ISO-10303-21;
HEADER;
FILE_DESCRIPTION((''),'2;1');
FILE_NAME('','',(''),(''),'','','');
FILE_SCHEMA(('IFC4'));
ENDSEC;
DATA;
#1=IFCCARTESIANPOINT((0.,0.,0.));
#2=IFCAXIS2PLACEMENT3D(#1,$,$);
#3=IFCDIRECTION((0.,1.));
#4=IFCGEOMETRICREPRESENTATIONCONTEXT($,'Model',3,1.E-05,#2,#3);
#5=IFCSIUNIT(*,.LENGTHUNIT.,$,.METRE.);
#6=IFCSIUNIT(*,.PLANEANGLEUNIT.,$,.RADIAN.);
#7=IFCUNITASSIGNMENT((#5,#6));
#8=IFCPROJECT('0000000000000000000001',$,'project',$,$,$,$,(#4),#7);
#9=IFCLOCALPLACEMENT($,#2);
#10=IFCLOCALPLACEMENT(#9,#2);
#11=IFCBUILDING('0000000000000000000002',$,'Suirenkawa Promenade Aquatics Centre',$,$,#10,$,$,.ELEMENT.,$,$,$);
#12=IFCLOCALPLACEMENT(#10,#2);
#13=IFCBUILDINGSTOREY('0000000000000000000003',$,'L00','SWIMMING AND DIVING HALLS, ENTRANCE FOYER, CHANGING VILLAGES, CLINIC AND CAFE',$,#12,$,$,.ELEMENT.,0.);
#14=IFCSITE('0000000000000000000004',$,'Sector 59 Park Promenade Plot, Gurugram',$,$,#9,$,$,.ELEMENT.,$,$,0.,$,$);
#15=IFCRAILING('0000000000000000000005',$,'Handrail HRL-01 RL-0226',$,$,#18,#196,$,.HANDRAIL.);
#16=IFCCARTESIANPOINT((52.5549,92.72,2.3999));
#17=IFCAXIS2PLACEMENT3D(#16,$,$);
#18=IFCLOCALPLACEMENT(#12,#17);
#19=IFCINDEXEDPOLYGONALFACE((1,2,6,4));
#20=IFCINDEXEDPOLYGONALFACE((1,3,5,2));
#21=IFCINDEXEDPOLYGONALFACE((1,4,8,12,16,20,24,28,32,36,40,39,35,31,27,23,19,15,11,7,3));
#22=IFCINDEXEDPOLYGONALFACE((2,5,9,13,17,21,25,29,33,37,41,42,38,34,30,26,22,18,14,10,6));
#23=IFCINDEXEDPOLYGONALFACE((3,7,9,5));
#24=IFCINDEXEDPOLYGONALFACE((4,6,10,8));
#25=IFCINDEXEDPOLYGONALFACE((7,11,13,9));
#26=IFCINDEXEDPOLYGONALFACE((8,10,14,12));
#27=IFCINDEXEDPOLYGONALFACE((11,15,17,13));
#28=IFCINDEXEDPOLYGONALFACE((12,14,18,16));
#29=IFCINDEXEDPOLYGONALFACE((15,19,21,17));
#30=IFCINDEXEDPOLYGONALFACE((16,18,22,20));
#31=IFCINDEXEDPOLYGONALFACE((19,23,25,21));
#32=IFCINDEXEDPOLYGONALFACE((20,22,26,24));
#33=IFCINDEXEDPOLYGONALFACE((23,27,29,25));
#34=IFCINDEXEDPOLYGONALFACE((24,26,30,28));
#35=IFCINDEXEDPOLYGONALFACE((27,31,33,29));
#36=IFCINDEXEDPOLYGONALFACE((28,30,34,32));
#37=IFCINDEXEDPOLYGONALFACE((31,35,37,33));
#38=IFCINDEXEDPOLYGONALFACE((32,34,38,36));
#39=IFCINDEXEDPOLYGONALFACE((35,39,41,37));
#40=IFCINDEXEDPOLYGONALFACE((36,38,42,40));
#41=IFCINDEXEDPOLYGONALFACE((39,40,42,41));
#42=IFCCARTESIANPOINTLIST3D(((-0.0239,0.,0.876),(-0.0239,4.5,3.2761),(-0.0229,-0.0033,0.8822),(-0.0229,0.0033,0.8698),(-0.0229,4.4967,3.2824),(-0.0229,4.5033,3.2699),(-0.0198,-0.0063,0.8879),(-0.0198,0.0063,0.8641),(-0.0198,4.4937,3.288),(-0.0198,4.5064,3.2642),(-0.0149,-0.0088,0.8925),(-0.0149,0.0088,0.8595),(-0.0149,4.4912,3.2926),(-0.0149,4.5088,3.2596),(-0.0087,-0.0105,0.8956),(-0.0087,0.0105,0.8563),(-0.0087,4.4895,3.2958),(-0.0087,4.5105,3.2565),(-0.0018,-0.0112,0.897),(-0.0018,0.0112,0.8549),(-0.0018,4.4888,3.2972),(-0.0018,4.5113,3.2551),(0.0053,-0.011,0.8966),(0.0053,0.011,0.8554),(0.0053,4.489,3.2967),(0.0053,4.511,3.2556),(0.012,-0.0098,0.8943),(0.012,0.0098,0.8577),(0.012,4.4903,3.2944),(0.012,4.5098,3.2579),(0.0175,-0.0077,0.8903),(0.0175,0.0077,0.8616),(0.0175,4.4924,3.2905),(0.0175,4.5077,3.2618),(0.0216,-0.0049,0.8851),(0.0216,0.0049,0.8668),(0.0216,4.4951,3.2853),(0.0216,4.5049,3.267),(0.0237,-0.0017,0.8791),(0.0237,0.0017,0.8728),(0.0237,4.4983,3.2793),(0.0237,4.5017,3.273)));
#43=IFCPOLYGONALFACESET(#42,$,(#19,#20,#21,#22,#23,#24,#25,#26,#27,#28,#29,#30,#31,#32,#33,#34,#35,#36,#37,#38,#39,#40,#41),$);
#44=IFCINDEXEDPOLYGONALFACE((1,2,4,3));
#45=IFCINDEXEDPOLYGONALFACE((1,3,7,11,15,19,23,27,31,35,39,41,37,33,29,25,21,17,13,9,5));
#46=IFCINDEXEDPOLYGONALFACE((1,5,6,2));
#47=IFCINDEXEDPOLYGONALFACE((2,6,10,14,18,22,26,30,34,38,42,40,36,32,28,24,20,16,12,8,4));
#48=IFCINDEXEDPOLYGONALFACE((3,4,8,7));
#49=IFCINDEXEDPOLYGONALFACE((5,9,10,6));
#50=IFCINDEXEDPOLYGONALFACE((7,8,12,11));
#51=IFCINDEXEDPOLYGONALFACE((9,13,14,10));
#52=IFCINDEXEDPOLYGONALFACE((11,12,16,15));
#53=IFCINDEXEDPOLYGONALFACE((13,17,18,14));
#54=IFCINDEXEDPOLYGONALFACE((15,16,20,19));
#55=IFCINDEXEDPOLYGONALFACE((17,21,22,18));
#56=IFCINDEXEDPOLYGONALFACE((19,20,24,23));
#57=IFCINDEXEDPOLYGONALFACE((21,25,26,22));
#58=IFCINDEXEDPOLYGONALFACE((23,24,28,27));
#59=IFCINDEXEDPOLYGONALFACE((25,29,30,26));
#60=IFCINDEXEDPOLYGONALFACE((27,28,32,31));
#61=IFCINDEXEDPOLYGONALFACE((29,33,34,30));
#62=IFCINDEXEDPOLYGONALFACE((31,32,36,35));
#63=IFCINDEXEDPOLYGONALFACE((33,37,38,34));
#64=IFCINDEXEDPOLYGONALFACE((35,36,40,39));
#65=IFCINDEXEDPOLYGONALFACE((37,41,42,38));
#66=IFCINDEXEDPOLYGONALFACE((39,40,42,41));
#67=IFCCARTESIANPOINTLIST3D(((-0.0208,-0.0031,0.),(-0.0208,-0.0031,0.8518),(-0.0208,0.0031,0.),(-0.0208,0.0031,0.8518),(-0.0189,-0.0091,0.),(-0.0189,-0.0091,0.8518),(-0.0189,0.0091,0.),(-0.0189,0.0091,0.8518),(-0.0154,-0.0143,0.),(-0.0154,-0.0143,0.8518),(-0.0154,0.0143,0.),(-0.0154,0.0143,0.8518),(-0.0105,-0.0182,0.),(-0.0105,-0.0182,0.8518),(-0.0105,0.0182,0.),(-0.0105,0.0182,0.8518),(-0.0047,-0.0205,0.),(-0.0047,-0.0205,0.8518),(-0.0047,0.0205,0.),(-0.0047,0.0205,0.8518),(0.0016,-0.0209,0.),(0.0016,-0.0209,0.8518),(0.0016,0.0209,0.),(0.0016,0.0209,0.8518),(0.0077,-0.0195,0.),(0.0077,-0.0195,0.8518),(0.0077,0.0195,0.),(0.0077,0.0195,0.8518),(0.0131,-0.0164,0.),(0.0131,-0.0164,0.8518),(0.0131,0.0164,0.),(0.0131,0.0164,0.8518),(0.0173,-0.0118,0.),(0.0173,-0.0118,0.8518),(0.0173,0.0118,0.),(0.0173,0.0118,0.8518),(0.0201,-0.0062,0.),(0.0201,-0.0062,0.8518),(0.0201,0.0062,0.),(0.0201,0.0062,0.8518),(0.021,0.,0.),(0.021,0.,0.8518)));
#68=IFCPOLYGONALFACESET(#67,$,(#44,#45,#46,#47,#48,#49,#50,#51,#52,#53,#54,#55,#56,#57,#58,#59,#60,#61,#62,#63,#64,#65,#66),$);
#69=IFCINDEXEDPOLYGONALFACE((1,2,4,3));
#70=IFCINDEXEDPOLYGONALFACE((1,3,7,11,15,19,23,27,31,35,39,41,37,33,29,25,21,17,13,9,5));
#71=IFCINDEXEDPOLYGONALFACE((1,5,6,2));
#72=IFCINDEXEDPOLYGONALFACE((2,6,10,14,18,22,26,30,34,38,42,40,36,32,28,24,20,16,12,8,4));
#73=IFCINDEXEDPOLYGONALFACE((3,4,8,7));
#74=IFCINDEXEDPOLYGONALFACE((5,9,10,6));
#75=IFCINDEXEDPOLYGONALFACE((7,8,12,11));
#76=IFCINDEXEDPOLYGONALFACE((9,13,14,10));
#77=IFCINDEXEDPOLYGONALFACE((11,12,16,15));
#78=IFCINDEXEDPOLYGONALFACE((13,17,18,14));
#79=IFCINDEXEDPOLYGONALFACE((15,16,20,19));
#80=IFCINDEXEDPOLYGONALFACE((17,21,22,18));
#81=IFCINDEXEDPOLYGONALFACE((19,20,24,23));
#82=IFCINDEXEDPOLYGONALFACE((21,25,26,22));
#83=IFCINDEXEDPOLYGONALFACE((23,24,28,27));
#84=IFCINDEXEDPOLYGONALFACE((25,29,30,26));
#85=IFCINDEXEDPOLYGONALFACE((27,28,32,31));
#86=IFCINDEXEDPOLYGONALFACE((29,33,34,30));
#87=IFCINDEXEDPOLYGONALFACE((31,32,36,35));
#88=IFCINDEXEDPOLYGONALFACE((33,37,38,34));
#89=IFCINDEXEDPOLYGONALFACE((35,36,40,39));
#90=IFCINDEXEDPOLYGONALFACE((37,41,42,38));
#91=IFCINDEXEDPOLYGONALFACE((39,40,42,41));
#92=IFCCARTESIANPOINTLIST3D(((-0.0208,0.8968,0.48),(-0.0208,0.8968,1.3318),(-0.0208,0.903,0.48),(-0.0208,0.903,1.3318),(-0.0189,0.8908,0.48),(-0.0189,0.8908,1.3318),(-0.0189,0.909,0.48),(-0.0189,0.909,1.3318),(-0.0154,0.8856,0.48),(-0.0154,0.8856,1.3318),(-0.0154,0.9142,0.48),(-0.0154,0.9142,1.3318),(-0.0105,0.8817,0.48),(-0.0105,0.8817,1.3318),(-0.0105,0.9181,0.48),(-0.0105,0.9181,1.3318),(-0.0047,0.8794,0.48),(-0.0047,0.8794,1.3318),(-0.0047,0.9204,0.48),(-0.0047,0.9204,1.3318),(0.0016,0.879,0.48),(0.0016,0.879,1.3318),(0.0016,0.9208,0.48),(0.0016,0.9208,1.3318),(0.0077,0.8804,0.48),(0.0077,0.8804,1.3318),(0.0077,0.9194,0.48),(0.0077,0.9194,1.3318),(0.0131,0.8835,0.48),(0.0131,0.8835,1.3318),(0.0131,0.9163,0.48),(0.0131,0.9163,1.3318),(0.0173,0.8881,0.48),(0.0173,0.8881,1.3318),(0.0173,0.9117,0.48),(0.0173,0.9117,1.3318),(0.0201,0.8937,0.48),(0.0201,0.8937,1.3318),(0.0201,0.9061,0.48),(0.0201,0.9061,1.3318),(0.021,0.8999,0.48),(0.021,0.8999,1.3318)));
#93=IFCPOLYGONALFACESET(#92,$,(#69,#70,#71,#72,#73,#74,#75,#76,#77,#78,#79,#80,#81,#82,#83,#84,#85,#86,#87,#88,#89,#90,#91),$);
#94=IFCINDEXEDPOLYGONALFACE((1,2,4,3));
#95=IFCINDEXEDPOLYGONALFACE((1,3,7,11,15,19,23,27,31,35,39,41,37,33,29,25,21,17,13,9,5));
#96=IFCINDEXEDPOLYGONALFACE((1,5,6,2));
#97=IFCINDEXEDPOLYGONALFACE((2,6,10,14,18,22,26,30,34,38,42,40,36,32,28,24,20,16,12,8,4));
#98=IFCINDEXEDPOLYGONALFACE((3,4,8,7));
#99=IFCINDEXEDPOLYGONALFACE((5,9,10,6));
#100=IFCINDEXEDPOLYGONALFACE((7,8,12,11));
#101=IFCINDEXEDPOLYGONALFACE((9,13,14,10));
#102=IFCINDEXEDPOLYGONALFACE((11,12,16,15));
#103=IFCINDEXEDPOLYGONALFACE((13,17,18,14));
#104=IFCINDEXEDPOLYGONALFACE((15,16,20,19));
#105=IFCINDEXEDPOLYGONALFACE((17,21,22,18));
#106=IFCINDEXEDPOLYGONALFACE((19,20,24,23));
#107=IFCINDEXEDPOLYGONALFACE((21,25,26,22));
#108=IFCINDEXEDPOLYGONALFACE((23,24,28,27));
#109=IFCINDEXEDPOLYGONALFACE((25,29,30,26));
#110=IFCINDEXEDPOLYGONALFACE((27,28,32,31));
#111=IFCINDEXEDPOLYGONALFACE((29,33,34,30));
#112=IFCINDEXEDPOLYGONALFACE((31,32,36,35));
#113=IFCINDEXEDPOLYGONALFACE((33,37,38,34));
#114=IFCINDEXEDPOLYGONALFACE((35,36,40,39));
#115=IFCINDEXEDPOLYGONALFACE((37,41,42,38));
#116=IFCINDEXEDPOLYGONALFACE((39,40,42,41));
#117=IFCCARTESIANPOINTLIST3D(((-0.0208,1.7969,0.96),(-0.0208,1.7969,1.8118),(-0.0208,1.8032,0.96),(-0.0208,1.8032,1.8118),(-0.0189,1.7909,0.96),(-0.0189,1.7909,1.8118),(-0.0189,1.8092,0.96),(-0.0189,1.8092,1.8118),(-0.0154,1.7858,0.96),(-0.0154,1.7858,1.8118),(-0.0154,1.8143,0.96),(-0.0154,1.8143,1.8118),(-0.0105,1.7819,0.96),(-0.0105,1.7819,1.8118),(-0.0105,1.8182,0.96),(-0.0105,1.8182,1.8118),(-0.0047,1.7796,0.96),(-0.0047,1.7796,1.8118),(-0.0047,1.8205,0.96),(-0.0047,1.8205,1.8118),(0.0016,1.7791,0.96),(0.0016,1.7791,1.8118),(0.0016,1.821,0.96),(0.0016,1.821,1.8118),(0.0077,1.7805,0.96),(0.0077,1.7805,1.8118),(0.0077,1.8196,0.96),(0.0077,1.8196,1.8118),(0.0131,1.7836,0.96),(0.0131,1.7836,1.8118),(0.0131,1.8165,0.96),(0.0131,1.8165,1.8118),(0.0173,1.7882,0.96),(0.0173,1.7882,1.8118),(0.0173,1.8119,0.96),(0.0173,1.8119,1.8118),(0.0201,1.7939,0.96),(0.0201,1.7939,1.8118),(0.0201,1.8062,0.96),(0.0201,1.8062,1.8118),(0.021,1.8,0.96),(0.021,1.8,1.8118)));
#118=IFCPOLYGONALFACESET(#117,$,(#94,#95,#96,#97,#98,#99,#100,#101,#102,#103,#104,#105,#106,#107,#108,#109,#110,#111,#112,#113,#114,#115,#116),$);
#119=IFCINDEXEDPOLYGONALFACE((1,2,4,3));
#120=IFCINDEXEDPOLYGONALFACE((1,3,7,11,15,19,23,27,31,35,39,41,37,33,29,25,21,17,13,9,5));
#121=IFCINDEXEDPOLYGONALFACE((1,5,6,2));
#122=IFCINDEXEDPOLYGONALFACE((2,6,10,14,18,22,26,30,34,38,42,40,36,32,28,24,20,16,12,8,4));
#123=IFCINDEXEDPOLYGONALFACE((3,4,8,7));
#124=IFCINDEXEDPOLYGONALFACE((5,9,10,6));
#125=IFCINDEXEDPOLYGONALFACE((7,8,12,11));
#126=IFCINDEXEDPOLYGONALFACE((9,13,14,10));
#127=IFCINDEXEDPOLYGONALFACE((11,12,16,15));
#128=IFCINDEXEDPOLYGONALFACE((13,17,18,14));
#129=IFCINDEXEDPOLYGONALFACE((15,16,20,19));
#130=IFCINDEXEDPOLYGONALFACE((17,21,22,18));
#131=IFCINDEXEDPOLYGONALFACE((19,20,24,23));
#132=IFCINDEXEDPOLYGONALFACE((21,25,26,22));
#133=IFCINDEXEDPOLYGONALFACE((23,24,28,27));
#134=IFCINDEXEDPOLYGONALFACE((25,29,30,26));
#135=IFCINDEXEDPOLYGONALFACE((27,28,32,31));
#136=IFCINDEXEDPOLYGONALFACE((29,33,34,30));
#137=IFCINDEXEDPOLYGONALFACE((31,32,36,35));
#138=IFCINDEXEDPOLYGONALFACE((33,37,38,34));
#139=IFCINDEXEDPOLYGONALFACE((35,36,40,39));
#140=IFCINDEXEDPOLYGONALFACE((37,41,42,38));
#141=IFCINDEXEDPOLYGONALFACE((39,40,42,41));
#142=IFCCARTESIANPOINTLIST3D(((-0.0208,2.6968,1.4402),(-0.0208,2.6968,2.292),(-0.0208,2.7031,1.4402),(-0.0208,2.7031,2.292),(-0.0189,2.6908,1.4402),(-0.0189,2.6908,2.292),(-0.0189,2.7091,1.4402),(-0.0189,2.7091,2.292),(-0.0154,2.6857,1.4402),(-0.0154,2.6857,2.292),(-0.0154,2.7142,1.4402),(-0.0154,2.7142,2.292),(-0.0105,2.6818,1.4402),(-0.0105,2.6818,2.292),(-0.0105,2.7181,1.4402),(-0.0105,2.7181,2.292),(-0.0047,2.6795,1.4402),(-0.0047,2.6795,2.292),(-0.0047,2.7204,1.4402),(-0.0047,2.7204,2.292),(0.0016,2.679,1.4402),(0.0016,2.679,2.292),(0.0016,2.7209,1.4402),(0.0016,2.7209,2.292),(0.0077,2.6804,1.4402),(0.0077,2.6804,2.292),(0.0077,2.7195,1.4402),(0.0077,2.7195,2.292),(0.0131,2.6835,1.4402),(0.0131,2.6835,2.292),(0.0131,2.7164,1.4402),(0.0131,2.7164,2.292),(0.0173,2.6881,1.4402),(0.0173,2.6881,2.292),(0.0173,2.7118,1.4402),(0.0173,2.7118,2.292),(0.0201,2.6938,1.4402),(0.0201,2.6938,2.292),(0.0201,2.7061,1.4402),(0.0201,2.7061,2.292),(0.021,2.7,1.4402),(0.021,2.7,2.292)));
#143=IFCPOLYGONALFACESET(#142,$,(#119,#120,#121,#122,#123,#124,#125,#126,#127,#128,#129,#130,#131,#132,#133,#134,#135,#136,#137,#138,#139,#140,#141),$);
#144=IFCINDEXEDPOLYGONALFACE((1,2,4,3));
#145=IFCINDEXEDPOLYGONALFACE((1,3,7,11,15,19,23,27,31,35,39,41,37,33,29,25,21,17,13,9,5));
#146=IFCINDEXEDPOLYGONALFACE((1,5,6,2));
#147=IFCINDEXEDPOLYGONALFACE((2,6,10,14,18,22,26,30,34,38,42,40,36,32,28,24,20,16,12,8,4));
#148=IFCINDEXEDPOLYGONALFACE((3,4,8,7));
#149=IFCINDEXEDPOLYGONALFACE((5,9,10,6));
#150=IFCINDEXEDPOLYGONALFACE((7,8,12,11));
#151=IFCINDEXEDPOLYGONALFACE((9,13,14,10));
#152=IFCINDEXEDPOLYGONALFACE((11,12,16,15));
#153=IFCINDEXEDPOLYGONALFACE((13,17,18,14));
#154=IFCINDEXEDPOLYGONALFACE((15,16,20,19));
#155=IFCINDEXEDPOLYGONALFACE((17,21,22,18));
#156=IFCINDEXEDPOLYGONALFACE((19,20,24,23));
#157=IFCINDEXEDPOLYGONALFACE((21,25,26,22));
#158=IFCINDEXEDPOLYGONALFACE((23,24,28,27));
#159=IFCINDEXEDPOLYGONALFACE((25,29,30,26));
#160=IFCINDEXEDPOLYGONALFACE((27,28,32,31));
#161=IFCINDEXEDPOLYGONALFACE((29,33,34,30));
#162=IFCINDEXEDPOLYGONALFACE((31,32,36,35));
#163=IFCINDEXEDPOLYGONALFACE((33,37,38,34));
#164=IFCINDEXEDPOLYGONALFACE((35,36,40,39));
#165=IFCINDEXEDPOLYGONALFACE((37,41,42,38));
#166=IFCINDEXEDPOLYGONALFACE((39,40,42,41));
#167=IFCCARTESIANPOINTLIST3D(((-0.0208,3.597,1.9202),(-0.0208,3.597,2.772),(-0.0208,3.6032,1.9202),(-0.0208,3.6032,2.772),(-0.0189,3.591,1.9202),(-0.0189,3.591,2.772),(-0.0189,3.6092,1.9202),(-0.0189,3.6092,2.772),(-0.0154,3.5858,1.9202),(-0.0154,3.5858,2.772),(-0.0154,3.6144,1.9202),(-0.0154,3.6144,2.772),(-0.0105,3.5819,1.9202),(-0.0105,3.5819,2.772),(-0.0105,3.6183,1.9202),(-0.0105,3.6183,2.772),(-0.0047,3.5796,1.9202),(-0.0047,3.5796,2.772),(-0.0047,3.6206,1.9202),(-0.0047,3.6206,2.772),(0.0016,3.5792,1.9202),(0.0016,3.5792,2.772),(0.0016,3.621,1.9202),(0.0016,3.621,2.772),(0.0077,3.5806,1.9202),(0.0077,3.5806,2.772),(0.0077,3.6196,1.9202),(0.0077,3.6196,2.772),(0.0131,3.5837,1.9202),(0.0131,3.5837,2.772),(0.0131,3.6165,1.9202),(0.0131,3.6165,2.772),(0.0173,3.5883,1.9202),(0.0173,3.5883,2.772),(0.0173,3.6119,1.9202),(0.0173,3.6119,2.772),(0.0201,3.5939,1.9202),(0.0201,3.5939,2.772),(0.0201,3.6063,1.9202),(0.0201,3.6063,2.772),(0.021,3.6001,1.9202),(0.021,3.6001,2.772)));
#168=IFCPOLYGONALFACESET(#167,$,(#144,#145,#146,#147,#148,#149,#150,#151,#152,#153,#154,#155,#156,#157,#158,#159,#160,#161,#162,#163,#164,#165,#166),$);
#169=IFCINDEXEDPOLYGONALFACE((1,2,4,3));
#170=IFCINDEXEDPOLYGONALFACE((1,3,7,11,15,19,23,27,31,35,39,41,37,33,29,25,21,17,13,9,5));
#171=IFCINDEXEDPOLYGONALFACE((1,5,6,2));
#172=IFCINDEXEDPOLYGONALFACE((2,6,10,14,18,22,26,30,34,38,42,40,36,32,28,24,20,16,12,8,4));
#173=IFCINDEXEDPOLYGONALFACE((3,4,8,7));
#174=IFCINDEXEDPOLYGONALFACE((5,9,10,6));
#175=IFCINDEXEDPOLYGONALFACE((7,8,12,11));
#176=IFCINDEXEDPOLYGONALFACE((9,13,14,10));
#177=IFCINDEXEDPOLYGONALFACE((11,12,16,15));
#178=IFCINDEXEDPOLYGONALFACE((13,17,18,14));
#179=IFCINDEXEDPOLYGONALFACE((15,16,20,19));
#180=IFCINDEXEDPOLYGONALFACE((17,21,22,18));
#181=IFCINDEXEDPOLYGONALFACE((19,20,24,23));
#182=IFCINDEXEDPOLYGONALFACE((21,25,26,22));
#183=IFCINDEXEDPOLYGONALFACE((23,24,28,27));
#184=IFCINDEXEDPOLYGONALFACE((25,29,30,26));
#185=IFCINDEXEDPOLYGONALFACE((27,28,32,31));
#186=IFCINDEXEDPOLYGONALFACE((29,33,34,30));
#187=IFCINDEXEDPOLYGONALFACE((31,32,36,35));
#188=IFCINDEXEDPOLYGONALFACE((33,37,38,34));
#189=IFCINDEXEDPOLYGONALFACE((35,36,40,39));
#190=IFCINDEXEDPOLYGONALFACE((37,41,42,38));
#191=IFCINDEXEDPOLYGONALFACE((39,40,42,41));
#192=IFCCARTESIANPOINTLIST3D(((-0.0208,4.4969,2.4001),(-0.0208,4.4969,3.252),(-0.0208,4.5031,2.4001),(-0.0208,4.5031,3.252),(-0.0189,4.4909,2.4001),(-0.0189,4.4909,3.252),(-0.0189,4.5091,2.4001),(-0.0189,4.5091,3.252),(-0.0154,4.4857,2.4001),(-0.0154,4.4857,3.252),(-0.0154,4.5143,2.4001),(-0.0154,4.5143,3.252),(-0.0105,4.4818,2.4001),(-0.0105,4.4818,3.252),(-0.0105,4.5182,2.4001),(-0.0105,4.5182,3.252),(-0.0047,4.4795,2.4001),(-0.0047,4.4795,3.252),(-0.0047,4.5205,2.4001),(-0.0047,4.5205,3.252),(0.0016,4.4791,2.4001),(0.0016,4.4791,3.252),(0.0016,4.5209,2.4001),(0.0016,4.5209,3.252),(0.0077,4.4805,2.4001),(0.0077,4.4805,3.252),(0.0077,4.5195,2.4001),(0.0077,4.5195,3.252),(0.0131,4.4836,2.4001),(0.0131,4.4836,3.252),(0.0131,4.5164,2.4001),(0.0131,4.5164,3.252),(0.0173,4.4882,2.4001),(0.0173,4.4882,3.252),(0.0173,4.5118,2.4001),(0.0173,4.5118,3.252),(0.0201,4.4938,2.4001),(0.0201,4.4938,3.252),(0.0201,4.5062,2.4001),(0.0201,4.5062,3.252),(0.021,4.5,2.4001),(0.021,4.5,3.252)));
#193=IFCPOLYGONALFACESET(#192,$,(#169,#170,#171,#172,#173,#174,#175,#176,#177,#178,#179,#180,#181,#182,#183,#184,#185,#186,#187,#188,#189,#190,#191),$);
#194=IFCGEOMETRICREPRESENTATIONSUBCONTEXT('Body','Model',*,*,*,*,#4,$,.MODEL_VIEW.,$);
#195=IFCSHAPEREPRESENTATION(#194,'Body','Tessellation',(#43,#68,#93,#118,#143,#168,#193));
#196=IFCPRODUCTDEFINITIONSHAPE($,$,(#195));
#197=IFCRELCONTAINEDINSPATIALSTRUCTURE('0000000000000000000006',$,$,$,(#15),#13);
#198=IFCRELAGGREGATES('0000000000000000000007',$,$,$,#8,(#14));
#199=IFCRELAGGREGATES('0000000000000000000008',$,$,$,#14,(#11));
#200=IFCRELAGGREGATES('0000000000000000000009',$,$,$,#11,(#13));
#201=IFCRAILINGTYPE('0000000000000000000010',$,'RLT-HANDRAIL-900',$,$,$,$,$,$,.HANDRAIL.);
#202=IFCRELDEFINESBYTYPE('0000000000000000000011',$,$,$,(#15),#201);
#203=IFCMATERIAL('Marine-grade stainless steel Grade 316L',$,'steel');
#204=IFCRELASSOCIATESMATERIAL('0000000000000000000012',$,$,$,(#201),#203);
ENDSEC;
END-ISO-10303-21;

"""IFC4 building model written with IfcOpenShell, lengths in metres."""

from ifc_helpers import new_model, si_unit, direction, frame, origin, origin_2d, place, context, subcontext, project, spatial, circle, extrude, material, type_object, element, save


model = new_model("IFC4")

# Units and contexts
model_context = context("Model", 3, precision=1e-05, world=origin(), true_north=direction((0.0, 1.0)))
body_context = subcontext(model_context, "Body", "Model", "MODEL_VIEW")
ifc_project = project(units=[si_unit("LENGTHUNIT", "METRE"), si_unit("PLANEANGLEUNIT", "RADIAN")], contexts=[model_context])

# Site, building, storey
site_placement = place(None, origin())
site = spatial("IfcSite", under=ifc_project, at=site_placement, Name="Sector 59 Park Promenade Plot, Gurugram", CompositionType="ELEMENT", RefElevation=0.0)
building_placement = place(site_placement, origin())
building = spatial("IfcBuilding", under=site, at=building_placement, Name="Suirenkawa Promenade Aquatics Centre", CompositionType="ELEMENT")
storey_placement = place(building_placement, origin())
storey = spatial("IfcBuildingStorey", under=building, at=storey_placement, Name="L00", Description="SWIMMING AND DIVING HALLS, ENTRANCE FOYER, CHANGING VILLAGES, CLINIC AND CAFE", CompositionType="ELEMENT", Elevation=0.0)

# Railing
ifc_material_1 = material(Name="Marine-grade stainless steel Grade 316L", Category="steel")
railing_type_1 = type_object("IfcRailingType", Name="RLT-HANDRAIL-900", PredefinedType="HANDRAIL", material=ifc_material_1)
for number, where, name in (
    (1, (52.5549, 92.72, 2.3999), "Handrail HRL-01 RL-0226"),
):
    element("IfcRailing", number, at=place(storey_placement, frame(where)), inside=storey, type_object=railing_type_1, Name=name, PredefinedType="HANDRAIL", context=body_context, shape_type="SweptSolid", body=[
        extrude(circle(Radius=0.0239, at=origin_2d()), frame((0.0, 0.0, 0.876), z_axis=(0.0, 0.882341, 0.470611), x_axis=(-1.0, 0.0, 0.0)), (0.0, 0.0, 1.0), 5.1001),
        extrude(circle(Radius=0.021, at=origin_2d()), origin(), (0.0, 0.0, 1.0), 0.8518),
        extrude(circle(Radius=0.021, at=origin_2d()), frame((0.0, 0.8999, 0.48)), (0.0, 0.0, 1.0), 0.8518),
        extrude(circle(Radius=0.021, at=origin_2d()), frame((0.0, 1.8, 0.96)), (0.0, 0.0, 1.0), 0.8518),
        extrude(circle(Radius=0.021, at=origin_2d()), frame((0.0, 2.7, 1.4402)), (0.0, 0.0, 1.0), 0.8518),
        extrude(circle(Radius=0.021, at=origin_2d()), frame((0.0, 3.6001, 1.9202)), (0.0, 0.0, 1.0), 0.8518),
        extrude(circle(Radius=0.021, at=origin_2d()), frame((0.0, 4.5, 2.4001)), (0.0, 0.0, 1.0), 0.8518),
    ])

save(model, "model.ifc")
